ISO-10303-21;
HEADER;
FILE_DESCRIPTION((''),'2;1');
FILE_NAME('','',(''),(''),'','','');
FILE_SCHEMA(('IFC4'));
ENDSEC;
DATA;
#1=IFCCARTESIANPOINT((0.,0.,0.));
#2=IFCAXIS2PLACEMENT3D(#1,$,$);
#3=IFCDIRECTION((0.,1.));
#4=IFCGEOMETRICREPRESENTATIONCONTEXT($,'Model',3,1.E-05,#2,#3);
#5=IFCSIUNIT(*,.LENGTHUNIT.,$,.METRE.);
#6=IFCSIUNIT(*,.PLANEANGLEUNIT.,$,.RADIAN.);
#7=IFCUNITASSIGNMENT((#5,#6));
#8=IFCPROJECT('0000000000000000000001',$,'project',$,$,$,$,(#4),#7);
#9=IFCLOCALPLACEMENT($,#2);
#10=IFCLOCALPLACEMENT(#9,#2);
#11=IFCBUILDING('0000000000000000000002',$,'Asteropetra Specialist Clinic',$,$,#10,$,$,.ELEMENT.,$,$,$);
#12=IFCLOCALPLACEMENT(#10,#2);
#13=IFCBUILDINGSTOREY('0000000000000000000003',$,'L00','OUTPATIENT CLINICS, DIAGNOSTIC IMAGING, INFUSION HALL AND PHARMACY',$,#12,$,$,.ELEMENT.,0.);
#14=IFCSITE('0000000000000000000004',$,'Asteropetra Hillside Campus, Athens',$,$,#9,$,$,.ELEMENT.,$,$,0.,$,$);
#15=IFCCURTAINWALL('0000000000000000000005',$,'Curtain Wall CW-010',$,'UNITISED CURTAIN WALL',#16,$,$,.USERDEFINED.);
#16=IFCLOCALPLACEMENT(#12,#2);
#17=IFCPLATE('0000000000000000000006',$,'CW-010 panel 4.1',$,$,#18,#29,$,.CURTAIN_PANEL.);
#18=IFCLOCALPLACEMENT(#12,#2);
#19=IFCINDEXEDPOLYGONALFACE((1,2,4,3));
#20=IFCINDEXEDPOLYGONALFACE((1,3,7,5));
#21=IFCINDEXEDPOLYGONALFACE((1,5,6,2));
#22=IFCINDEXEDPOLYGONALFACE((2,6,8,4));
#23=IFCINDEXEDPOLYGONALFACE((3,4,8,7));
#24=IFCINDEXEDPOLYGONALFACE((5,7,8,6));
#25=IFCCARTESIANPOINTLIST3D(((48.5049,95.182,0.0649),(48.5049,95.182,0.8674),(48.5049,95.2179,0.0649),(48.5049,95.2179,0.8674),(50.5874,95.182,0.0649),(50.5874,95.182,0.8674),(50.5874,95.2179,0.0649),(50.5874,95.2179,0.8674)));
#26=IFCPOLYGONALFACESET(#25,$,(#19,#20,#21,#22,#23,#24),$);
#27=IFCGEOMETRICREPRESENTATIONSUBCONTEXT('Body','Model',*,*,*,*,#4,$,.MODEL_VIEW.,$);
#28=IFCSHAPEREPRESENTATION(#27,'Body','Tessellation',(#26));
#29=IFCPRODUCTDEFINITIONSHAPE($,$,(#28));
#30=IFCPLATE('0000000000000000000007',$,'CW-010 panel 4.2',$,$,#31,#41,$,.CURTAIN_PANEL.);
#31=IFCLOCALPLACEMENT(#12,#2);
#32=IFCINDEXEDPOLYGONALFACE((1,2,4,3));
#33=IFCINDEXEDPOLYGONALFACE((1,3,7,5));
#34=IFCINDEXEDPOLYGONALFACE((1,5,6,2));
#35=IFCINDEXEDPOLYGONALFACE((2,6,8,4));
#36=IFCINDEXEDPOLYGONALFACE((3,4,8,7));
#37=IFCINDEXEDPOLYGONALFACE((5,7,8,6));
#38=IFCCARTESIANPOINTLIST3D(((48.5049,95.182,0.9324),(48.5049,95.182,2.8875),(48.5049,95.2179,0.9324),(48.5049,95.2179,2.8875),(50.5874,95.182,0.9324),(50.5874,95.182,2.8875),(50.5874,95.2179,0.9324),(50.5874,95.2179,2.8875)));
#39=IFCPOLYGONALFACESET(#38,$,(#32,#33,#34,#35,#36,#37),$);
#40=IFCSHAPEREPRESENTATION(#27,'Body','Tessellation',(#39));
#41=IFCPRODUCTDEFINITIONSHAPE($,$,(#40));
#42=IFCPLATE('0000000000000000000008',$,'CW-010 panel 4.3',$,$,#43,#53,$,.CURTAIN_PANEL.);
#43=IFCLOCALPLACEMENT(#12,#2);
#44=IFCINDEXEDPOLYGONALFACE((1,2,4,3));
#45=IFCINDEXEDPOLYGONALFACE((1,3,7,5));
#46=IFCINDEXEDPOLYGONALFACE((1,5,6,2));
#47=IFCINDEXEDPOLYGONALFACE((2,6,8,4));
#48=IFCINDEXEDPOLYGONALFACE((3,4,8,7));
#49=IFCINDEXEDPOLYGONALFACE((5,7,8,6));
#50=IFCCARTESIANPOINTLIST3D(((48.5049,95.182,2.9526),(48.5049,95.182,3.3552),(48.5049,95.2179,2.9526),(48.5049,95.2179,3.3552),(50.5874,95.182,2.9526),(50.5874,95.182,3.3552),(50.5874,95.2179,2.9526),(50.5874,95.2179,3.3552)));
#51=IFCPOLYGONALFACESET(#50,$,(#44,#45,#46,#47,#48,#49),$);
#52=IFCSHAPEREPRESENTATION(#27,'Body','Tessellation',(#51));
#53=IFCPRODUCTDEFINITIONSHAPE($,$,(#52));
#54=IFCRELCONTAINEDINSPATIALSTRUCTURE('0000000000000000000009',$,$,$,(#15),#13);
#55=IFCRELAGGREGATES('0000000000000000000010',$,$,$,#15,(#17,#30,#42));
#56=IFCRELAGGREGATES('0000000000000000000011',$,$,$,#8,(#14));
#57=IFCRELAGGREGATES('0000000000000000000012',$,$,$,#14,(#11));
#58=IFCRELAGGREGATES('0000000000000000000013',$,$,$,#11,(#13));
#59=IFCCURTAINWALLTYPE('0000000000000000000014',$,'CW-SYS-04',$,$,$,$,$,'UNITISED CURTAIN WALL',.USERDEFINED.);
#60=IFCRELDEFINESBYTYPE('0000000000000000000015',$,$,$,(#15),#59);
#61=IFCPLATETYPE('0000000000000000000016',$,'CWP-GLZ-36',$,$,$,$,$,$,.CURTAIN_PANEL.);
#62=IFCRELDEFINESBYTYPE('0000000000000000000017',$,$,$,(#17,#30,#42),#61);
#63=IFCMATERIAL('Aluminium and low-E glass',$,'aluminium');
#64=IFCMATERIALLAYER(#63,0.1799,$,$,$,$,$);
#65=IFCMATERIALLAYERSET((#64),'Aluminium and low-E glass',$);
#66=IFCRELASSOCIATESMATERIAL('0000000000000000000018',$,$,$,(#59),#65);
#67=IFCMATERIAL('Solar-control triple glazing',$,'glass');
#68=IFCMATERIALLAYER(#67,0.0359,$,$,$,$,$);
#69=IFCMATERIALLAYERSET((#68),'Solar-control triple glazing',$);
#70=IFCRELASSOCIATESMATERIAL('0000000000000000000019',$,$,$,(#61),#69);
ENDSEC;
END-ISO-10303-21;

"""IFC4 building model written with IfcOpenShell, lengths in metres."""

from ifc_helpers import new_model, si_unit, direction, frame, origin, origin_2d, place, context, subcontext, project, spatial, rectangle, extrude, material, layer, layer_set, type_object, element, aggregate, save


model = new_model("IFC4")

# Units and contexts
model_context = context("Model", 3, precision=1e-05, world=origin(), true_north=direction((0.0, 1.0)))
body_context = subcontext(model_context, "Body", "Model", "MODEL_VIEW")
ifc_project = project(units=[si_unit("LENGTHUNIT", "METRE"), si_unit("PLANEANGLEUNIT", "RADIAN")], contexts=[model_context])

# Site, building, storey
site_placement = place(None, origin())
site = spatial("IfcSite", under=ifc_project, at=site_placement, Name="Asteropetra Hillside Campus, Athens", CompositionType="ELEMENT", RefElevation=0.0)
building_placement = place(site_placement, origin())
building = spatial("IfcBuilding", under=site, at=building_placement, Name="Asteropetra Specialist Clinic", CompositionType="ELEMENT")
storey_placement = place(building_placement, origin())
storey = spatial("IfcBuildingStorey", under=building, at=storey_placement, Name="L00", Description="OUTPATIENT CLINICS, DIAGNOSTIC IMAGING, INFUSION HALL AND PHARMACY", CompositionType="ELEMENT", Elevation=0.0)

# Curtain wall, plates
ifc_material_1 = material(Name="Aluminium and low-E glass", Category="aluminium")
ifc_layer_1 = layer(ifc_material_1, 0.1799)
ifc_layer_set_1 = layer_set([ifc_layer_1], Name="Aluminium and low-E glass")
curtain_wall_type = type_object("IfcCurtainWallType", Name="CW-SYS-04", ElementType="UNITISED CURTAIN WALL", PredefinedType="USERDEFINED", material=ifc_layer_set_1)
curtain_wall_placement = place(storey_placement, origin())
curtain_wall = element("IfcCurtainWall", 1, at=curtain_wall_placement, inside=storey, type_object=curtain_wall_type, Name="Curtain Wall CW-010", ObjectType="UNITISED CURTAIN WALL", PredefinedType="USERDEFINED")
ifc_material_2 = material(Name="Solar-control triple glazing", Category="glass")
ifc_layer_2 = layer(ifc_material_2, 0.0359)
ifc_layer_set_2 = layer_set([ifc_layer_2], Name="Solar-control triple glazing")
plate_type = type_object("IfcPlateType", Name="CWP-GLZ-36", PredefinedType="CURTAIN_PANEL", material=ifc_layer_set_2)
plate_1_placement = place(storey_placement, frame((49.5461, 95.2, 0.0649), z_axis=(0.0, 0.0, 1.0), x_axis=(-1.0, 0.0, 0.0)))
plate_1 = element("IfcPlate", 2, at=plate_1_placement, type_object=plate_type, Name="CW-010 panel 4.1", PredefinedType="CURTAIN_PANEL", context=body_context, shape_type="SweptSolid", body=[
    extrude(rectangle(XDim=2.0825, YDim=0.0359, at=origin_2d()), origin(), (0.0, 0.0, 1.0), 0.8025),
])
plate_2_placement = place(storey_placement, frame((49.5461, 95.2, 0.9324), z_axis=(0.0, 0.0, 1.0), x_axis=(-1.0, 0.0, 0.0)))
plate_2 = element("IfcPlate", 3, at=plate_2_placement, type_object=plate_type, Name="CW-010 panel 4.2", PredefinedType="CURTAIN_PANEL", context=body_context, shape_type="SweptSolid", body=[
    extrude(rectangle(XDim=2.0825, YDim=0.0359, at=origin_2d()), origin(), (0.0, 0.0, 1.0), 1.9551),
])
plate_3_placement = place(storey_placement, frame((49.5461, 95.2, 2.9526), z_axis=(0.0, 0.0, 1.0), x_axis=(-1.0, 0.0, 0.0)))
plate_3 = element("IfcPlate", 4, at=plate_3_placement, type_object=plate_type, Name="CW-010 panel 4.3", PredefinedType="CURTAIN_PANEL", context=body_context, shape_type="SweptSolid", body=[
    extrude(rectangle(XDim=2.0825, YDim=0.0359, at=origin_2d()), origin(), (0.0, 0.0, 1.0), 0.4026),
])
aggregate(curtain_wall, [plate_1, plate_2, plate_3])

save(model, "model.ifc")
